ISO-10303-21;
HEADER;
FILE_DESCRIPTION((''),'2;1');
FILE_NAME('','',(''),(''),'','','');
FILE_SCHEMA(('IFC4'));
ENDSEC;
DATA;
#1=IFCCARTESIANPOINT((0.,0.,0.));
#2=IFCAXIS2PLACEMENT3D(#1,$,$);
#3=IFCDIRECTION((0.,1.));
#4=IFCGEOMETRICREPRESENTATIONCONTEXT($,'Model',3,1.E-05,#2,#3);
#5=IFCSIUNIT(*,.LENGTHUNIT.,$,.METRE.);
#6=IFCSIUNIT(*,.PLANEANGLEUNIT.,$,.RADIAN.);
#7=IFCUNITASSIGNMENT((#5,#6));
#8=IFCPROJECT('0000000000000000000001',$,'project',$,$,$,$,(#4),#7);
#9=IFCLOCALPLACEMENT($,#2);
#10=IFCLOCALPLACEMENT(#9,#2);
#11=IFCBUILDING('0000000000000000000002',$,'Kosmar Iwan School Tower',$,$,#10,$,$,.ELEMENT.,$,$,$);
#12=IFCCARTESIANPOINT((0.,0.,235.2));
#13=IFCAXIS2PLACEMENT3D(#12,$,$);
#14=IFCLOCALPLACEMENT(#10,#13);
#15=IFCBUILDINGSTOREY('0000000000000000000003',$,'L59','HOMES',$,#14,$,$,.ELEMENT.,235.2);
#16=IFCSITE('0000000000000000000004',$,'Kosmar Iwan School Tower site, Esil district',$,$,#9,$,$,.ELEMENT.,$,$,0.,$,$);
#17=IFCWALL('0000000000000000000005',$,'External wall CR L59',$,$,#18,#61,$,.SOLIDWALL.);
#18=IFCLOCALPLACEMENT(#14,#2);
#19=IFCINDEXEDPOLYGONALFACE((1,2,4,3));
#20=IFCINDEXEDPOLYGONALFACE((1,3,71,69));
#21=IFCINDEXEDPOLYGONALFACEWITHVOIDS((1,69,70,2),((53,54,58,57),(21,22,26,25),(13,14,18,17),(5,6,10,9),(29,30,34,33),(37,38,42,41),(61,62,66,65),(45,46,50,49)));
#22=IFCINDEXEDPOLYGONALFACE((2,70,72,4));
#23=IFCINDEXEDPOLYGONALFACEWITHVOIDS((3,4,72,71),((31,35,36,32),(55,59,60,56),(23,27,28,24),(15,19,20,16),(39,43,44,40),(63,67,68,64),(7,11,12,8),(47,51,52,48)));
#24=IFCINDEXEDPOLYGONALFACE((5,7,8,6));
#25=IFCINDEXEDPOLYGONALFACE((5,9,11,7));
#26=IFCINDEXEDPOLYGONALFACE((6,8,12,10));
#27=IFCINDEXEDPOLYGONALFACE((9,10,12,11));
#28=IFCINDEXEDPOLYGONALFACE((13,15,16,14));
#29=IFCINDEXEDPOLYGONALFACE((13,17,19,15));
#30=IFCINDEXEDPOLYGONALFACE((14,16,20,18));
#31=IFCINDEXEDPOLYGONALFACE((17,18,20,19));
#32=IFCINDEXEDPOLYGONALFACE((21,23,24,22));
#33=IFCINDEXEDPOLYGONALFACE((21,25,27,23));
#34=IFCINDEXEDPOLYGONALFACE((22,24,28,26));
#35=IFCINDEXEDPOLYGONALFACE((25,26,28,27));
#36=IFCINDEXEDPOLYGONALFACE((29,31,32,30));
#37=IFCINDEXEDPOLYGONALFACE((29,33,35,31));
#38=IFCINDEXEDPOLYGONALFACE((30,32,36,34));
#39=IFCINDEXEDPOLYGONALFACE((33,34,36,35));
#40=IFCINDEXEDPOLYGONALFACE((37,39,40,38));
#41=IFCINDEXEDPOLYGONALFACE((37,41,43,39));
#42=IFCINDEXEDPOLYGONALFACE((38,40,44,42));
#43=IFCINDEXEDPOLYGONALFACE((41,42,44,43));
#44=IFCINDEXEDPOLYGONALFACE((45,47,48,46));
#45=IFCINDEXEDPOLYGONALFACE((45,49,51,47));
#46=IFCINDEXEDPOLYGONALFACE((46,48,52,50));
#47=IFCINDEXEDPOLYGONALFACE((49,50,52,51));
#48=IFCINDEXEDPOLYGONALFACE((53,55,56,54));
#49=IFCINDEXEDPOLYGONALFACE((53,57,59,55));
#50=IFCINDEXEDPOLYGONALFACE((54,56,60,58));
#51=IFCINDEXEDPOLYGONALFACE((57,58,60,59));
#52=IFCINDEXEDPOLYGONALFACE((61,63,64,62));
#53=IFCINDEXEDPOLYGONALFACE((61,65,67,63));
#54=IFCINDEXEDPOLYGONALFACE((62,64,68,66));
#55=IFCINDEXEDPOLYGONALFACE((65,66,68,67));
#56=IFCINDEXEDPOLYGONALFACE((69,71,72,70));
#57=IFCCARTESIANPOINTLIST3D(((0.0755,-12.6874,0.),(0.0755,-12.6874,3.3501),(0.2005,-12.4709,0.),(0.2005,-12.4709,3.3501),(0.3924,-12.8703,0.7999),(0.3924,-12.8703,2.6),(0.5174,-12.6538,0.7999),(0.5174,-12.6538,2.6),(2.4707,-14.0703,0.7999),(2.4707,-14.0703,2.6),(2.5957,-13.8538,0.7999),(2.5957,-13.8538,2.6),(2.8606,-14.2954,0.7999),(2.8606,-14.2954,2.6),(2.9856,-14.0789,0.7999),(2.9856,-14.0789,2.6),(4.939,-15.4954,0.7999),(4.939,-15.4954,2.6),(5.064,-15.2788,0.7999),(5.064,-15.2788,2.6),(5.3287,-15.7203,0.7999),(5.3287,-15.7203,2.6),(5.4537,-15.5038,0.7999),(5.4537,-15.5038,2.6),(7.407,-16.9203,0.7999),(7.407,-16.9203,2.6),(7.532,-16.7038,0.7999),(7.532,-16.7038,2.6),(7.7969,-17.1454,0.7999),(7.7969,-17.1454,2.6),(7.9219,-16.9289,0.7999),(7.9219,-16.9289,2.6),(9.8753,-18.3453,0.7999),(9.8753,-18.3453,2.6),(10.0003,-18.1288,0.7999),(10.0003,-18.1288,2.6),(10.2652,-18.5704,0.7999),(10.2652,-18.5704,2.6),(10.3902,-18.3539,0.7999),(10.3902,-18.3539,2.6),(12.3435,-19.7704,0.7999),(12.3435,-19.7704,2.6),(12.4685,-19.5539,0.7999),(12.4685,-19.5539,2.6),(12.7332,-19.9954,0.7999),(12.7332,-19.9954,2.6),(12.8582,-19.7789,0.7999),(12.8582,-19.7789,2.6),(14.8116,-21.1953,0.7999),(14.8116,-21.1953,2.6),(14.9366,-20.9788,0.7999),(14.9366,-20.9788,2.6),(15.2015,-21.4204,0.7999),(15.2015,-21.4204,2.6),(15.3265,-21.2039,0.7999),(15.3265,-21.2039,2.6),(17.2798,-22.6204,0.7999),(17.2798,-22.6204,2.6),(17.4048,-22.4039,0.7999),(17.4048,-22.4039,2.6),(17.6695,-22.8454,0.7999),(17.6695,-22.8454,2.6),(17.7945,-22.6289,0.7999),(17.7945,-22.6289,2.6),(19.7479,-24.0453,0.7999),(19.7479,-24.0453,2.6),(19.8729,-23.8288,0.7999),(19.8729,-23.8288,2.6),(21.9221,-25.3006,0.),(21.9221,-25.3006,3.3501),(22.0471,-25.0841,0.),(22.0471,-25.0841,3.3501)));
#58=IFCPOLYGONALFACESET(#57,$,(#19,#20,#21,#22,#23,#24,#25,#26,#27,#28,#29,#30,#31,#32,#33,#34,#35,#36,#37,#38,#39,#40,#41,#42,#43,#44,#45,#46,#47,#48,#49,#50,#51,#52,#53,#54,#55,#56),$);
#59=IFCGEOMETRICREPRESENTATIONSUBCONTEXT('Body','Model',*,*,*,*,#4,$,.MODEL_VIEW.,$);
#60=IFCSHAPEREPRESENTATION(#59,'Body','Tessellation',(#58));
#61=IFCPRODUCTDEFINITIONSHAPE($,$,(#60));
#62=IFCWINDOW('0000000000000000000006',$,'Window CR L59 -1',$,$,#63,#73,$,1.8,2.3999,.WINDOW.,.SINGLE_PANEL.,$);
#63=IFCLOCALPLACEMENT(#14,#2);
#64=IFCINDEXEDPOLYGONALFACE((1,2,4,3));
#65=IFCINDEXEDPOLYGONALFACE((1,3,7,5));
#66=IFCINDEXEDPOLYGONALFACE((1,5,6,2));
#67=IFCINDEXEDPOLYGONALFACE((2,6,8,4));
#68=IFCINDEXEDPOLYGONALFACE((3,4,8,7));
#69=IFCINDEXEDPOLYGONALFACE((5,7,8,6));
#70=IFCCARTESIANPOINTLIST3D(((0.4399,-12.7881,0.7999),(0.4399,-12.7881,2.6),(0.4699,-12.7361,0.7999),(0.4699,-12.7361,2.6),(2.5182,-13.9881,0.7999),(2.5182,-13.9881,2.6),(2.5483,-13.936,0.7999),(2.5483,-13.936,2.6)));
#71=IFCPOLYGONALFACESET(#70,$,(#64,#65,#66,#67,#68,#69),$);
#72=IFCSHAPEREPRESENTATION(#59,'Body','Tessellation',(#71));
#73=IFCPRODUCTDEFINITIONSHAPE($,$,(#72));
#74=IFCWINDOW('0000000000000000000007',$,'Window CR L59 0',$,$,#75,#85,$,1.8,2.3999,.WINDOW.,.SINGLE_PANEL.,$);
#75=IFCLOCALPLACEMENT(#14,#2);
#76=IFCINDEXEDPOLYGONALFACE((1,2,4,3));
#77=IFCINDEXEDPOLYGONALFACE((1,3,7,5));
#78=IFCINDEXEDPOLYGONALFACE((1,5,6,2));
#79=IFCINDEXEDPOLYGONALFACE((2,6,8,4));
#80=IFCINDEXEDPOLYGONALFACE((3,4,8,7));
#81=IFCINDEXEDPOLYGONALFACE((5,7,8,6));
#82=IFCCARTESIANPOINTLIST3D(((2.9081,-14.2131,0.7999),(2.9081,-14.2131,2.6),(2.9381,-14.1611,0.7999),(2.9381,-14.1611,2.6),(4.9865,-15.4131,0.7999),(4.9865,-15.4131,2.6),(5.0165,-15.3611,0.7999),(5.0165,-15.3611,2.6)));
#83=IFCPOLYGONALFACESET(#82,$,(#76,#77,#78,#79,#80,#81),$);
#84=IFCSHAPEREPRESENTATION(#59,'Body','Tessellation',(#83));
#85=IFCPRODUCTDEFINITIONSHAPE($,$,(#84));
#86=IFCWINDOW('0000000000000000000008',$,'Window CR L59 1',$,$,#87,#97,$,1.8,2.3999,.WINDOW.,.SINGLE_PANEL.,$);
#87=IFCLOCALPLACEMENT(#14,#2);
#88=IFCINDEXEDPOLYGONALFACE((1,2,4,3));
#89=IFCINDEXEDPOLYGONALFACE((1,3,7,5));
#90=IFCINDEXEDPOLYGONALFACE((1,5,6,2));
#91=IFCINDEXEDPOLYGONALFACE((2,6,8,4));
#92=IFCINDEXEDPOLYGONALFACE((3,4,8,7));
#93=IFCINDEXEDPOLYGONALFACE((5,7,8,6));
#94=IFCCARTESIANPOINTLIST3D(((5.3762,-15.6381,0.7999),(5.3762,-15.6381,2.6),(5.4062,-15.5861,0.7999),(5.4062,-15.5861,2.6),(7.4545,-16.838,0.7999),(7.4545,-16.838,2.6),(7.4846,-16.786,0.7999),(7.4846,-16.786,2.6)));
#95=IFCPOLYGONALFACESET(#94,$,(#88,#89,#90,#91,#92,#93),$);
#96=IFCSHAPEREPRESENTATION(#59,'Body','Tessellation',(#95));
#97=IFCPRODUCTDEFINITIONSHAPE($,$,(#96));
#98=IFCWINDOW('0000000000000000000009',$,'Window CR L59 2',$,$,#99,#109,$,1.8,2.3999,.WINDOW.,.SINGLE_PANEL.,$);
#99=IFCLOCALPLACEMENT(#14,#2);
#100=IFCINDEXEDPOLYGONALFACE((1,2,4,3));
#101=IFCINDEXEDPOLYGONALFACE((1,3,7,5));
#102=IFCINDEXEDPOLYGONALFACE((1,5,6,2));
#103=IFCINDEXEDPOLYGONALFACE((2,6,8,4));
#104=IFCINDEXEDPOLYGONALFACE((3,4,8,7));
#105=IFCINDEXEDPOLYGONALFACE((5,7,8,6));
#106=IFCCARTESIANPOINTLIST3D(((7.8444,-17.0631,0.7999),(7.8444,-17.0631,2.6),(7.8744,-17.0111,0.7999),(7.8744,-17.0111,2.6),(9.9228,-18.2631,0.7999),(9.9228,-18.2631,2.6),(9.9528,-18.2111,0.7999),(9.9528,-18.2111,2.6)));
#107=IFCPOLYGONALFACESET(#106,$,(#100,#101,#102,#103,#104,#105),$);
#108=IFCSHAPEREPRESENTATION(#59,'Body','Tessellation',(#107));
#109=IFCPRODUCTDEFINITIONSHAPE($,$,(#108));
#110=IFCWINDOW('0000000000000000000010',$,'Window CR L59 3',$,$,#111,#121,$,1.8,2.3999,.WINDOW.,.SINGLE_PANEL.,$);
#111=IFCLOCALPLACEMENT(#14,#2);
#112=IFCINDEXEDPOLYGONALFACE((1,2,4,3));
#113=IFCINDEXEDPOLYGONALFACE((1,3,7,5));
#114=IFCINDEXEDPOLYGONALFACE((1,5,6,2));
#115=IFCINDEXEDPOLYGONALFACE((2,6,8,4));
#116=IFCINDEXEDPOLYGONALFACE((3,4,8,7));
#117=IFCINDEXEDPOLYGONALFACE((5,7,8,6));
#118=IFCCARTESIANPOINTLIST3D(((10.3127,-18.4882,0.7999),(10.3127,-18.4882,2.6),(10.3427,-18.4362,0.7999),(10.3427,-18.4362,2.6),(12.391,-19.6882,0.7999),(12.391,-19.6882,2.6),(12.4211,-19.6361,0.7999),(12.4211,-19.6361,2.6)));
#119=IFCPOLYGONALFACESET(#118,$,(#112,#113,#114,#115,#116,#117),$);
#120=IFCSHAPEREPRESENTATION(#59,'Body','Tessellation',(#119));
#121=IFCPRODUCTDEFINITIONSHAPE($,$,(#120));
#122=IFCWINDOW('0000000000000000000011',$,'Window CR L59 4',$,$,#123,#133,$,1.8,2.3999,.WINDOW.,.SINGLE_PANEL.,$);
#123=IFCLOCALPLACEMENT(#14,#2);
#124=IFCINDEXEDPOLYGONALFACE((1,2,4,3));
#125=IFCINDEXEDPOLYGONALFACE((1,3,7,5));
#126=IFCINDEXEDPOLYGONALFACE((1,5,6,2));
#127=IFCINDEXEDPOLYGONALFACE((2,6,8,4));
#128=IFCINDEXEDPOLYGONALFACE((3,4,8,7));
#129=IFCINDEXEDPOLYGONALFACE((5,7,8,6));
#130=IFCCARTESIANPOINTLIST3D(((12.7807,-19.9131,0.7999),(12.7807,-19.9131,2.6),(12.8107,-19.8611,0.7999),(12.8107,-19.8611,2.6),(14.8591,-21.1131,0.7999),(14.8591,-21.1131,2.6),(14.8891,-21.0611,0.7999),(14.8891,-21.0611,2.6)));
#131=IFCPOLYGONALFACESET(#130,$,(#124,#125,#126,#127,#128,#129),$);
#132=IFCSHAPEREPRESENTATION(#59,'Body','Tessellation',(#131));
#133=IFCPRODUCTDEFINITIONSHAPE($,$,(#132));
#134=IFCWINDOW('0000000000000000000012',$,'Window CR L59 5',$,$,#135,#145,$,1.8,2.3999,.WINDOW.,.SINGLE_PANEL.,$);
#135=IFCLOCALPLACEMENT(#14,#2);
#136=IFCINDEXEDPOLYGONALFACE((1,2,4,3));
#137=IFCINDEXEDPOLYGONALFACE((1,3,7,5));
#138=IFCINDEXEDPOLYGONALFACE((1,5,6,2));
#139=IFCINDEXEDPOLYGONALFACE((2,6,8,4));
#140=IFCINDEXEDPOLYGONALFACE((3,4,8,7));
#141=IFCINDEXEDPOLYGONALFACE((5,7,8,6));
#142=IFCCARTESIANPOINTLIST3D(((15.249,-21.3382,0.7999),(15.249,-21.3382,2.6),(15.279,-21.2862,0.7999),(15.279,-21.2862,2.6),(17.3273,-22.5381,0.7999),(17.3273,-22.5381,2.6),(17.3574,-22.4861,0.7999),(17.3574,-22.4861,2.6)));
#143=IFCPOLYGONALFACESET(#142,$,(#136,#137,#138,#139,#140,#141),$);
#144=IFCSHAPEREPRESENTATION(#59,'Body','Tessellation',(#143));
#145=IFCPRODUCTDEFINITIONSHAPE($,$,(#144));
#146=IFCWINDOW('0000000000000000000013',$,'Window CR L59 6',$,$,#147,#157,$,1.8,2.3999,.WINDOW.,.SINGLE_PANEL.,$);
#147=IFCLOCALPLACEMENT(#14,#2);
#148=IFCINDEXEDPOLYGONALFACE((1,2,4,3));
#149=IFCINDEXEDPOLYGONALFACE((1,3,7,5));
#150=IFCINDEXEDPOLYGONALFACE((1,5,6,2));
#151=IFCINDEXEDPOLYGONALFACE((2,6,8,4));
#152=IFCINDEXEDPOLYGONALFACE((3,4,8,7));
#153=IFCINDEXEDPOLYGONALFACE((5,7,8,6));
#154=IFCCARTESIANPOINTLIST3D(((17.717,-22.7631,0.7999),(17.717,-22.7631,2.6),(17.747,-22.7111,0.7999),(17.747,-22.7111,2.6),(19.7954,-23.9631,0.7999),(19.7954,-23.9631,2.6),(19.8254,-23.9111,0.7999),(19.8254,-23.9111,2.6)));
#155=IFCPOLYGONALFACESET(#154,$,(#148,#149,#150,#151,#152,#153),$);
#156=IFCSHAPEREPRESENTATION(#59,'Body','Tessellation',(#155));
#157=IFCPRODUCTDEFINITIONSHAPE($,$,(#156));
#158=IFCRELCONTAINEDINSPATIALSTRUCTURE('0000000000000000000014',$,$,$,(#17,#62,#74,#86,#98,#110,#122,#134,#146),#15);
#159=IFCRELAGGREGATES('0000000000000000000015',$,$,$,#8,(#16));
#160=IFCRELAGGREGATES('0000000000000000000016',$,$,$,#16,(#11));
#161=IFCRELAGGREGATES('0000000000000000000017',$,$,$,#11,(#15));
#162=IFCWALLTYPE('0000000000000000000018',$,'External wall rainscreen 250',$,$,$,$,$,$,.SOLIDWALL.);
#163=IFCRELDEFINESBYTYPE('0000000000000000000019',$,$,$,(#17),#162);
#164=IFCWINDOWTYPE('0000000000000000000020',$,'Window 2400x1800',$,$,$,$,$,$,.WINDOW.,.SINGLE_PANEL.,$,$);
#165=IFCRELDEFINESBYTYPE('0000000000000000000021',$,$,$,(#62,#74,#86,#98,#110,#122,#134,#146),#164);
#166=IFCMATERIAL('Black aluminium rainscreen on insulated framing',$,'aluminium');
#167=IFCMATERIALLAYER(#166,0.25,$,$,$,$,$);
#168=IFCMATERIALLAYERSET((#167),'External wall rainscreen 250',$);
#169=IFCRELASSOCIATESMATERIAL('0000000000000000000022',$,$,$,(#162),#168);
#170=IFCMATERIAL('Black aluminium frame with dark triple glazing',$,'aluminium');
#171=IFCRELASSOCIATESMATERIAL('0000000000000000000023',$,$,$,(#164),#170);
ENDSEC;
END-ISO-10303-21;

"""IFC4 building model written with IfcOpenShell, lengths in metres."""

from ifc_helpers import new_model, si_unit, direction, frame, frame_2d, origin, place, context, subcontext, project, spatial, rectangle, extrude, material, layer, layer_set, type_object, element, fill, save


model = new_model("IFC4")

# Units and contexts
model_context = context("Model", 3, precision=1e-05, world=origin(), true_north=direction((0.0, 1.0)))
body_context = subcontext(model_context, "Body", "Model", "MODEL_VIEW")
ifc_project = project(units=[si_unit("LENGTHUNIT", "METRE"), si_unit("PLANEANGLEUNIT", "RADIAN")], contexts=[model_context])

# Site, building, storey
site_placement = place(None, origin())
site = spatial("IfcSite", under=ifc_project, at=site_placement, Name="Kosmar Iwan School Tower site, Esil district", CompositionType="ELEMENT", RefElevation=0.0)
building_placement = place(site_placement, origin())
building = spatial("IfcBuilding", under=site, at=building_placement, Name="Kosmar Iwan School Tower", CompositionType="ELEMENT")
storey_placement = place(building_placement, frame((0.0, 0.0, 235.2)))
storey = spatial("IfcBuildingStorey", under=building, at=storey_placement, Name="L59", Description="HOMES", CompositionType="ELEMENT", Elevation=235.2)

# Wall, openings, windows
ifc_material_1 = material(Name="Black aluminium rainscreen on insulated framing", Category="aluminium")
ifc_layer_1 = layer(ifc_material_1, 0.25)
ifc_layer_set_1 = layer_set([ifc_layer_1], Name="External wall rainscreen 250")
wall_type_1 = type_object("IfcWallType", Name="External wall rainscreen 250", PredefinedType="SOLIDWALL", material=ifc_layer_set_1)
ifc_material_2 = material(Name="Black aluminium frame with dark triple glazing", Category="aluminium")
window_type = type_object("IfcWindowType", Name="Window 2400x1800", PartitioningType="SINGLE_PANEL", PredefinedType="WINDOW", material=ifc_material_2)
wall_1_placement = place(storey_placement, frame((0.1379, -12.5791, 0.0), z_axis=(0.0, 0.0, 1.0), x_axis=(0.866024, -0.500003, 0.0)))
wall_1 = element("IfcWall", 1, at=wall_1_placement, inside=storey, type_object=wall_type_1, Name="External wall CR L59", PredefinedType="SOLIDWALL", context=body_context, shape_type="SweptSolid", body=[
    extrude(rectangle(XDim=25.2263, YDim=0.25, at=frame_2d((12.6133, 0.0))), origin(), (0.0, 0.0, 1.0), 3.3501),
])
opening_1_placement = place(wall_1_placement, frame((0.366, 0.0, 0.8)))
opening_1 = element("IfcOpeningElement", 2, at=opening_1_placement, cuts=wall_1, PredefinedType="OPENING", context=body_context, shape_type="SweptSolid", body=[
    extrude(rectangle(XDim=2.3999, YDim=1.8, at=frame_2d((1.2, 0.8999))), frame((0.0, 0.137, 0.0), z_axis=(0.0, -1.0, 0.0), x_axis=(1.0, 0.0, 0.0)), (0.0, 0.0, 1.0), 0.2739),
])
opening_2_placement = place(wall_1_placement, frame((3.2161, 0.0, 0.8)))
opening_2 = element("IfcOpeningElement", 3, at=opening_2_placement, cuts=wall_1, PredefinedType="OPENING", context=body_context, shape_type="SweptSolid", body=[
    extrude(rectangle(XDim=2.3999, YDim=1.8, at=frame_2d((1.2, 0.8999))), frame((0.0, 0.137, 0.0), z_axis=(0.0, -1.0, 0.0), x_axis=(1.0, 0.0, 0.0)), (0.0, 0.0, 1.0), 0.2739),
])
opening_3_placement = place(wall_1_placement, frame((6.0659, 0.0, 0.8)))
opening_3 = element("IfcOpeningElement", 4, at=opening_3_placement, cuts=wall_1, PredefinedType="OPENING", context=body_context, shape_type="SweptSolid", body=[
    extrude(rectangle(XDim=2.3999, YDim=1.8, at=frame_2d((1.2, 0.8999))), frame((0.0, 0.137, 0.0), z_axis=(0.0, -1.0, 0.0), x_axis=(1.0, 0.0, 0.0)), (0.0, 0.0, 1.0), 0.2739),
])
opening_4_placement = place(wall_1_placement, frame((8.916, 0.0, 0.8)))
opening_4 = element("IfcOpeningElement", 5, at=opening_4_placement, cuts=wall_1, PredefinedType="OPENING", context=body_context, shape_type="SweptSolid", body=[
    extrude(rectangle(XDim=2.3999, YDim=1.8, at=frame_2d((1.2, 0.8999))), frame((0.0, 0.137, 0.0), z_axis=(0.0, -1.0, 0.0), x_axis=(1.0, 0.0, 0.0)), (0.0, 0.0, 1.0), 0.2739),
])
opening_5_placement = place(wall_1_placement, frame((11.7661, 0.0, 0.8)))
opening_5 = element("IfcOpeningElement", 6, at=opening_5_placement, cuts=wall_1, PredefinedType="OPENING", context=body_context, shape_type="SweptSolid", body=[
    extrude(rectangle(XDim=2.3999, YDim=1.8, at=frame_2d((1.2, 0.8999))), frame((0.0, 0.137, 0.0), z_axis=(0.0, -1.0, 0.0), x_axis=(1.0, 0.0, 0.0)), (0.0, 0.0, 1.0), 0.2739),
])
opening_6_placement = place(wall_1_placement, frame((14.616, 0.0, 0.8)))
opening_6 = element("IfcOpeningElement", 7, at=opening_6_placement, cuts=wall_1, PredefinedType="OPENING", context=body_context, shape_type="SweptSolid", body=[
    extrude(rectangle(XDim=2.3999, YDim=1.8, at=frame_2d((1.2, 0.8999))), frame((0.0, 0.137, 0.0), z_axis=(0.0, -1.0, 0.0), x_axis=(1.0, 0.0, 0.0)), (0.0, 0.0, 1.0), 0.2739),
])
opening_7_placement = place(wall_1_placement, frame((17.4661, 0.0, 0.8)))
opening_7 = element("IfcOpeningElement", 8, at=opening_7_placement, cuts=wall_1, PredefinedType="OPENING", context=body_context, shape_type="SweptSolid", body=[
    extrude(rectangle(XDim=2.3999, YDim=1.8, at=frame_2d((1.2, 0.8999))), frame((0.0, 0.137, 0.0), z_axis=(0.0, -1.0, 0.0), x_axis=(1.0, 0.0, 0.0)), (0.0, 0.0, 1.0), 0.2739),
])
opening_8_placement = place(wall_1_placement, frame((20.3159, 0.0, 0.8)))
opening_8 = element("IfcOpeningElement", 9, at=opening_8_placement, cuts=wall_1, PredefinedType="OPENING", context=body_context, shape_type="SweptSolid", body=[
    extrude(rectangle(XDim=2.3999, YDim=1.8, at=frame_2d((1.2, 0.8999))), frame((0.0, 0.137, 0.0), z_axis=(0.0, -1.0, 0.0), x_axis=(1.0, 0.0, 0.0)), (0.0, 0.0, 1.0), 0.2739),
])
window_1_placement = place(opening_1_placement, origin())
window_1 = element("IfcWindow", 10, at=window_1_placement, inside=storey, type_object=window_type, Name="Window CR L59 -1", OverallHeight=1.8, OverallWidth=2.3999, PartitioningType="SINGLE_PANEL", PredefinedType="WINDOW", context=body_context, shape_type="SweptSolid", body=[
    extrude(rectangle(XDim=2.3999, YDim=1.8, at=frame_2d((1.2, 0.8999))), frame((0.0, 0.03, 0.0), z_axis=(0.0, -1.0, 0.0), x_axis=(1.0, 0.0, 0.0)), (0.0, 0.0, 1.0), 0.0601),
])
fill(opening_1, window_1)
window_2_placement = place(opening_2_placement, origin())
window_2 = element("IfcWindow", 11, at=window_2_placement, inside=storey, type_object=window_type, Name="Window CR L59 0", OverallHeight=1.8, OverallWidth=2.3999, PartitioningType="SINGLE_PANEL", PredefinedType="WINDOW", context=body_context, shape_type="SweptSolid", body=[
    extrude(rectangle(XDim=2.3999, YDim=1.8, at=frame_2d((1.2, 0.8999))), frame((0.0, 0.03, 0.0), z_axis=(0.0, -1.0, 0.0), x_axis=(1.0, 0.0, 0.0)), (0.0, 0.0, 1.0), 0.0601),
])
fill(opening_2, window_2)
window_3_placement = place(opening_3_placement, origin())
window_3 = element("IfcWindow", 12, at=window_3_placement, inside=storey, type_object=window_type, Name="Window CR L59 1", OverallHeight=1.8, OverallWidth=2.3999, PartitioningType="SINGLE_PANEL", PredefinedType="WINDOW", context=body_context, shape_type="SweptSolid", body=[
    extrude(rectangle(XDim=2.3999, YDim=1.8, at=frame_2d((1.2, 0.8999))), frame((0.0, 0.03, 0.0), z_axis=(0.0, -1.0, 0.0), x_axis=(1.0, 0.0, 0.0)), (0.0, 0.0, 1.0), 0.0601),
])
fill(opening_3, window_3)
window_4_placement = place(opening_4_placement, origin())
window_4 = element("IfcWindow", 13, at=window_4_placement, inside=storey, type_object=window_type, Name="Window CR L59 2", OverallHeight=1.8, OverallWidth=2.3999, PartitioningType="SINGLE_PANEL", PredefinedType="WINDOW", context=body_context, shape_type="SweptSolid", body=[
    extrude(rectangle(XDim=2.3999, YDim=1.8, at=frame_2d((1.2, 0.8999))), frame((0.0, 0.03, 0.0), z_axis=(0.0, -1.0, 0.0), x_axis=(1.0, 0.0, 0.0)), (0.0, 0.0, 1.0), 0.0601),
])
fill(opening_4, window_4)
window_5_placement = place(opening_5_placement, origin())
window_5 = element("IfcWindow", 14, at=window_5_placement, inside=storey, type_object=window_type, Name="Window CR L59 3", OverallHeight=1.8, OverallWidth=2.3999, PartitioningType="SINGLE_PANEL", PredefinedType="WINDOW", context=body_context, shape_type="SweptSolid", body=[
    extrude(rectangle(XDim=2.3999, YDim=1.8, at=frame_2d((1.2, 0.8999))), frame((0.0, 0.03, 0.0), z_axis=(0.0, -1.0, 0.0), x_axis=(1.0, 0.0, 0.0)), (0.0, 0.0, 1.0), 0.0601),
])
fill(opening_5, window_5)
window_6_placement = place(opening_6_placement, origin())
window_6 = element("IfcWindow", 15, at=window_6_placement, inside=storey, type_object=window_type, Name="Window CR L59 4", OverallHeight=1.8, OverallWidth=2.3999, PartitioningType="SINGLE_PANEL", PredefinedType="WINDOW", context=body_context, shape_type="SweptSolid", body=[
    extrude(rectangle(XDim=2.3999, YDim=1.8, at=frame_2d((1.2, 0.8999))), frame((0.0, 0.03, 0.0), z_axis=(0.0, -1.0, 0.0), x_axis=(1.0, 0.0, 0.0)), (0.0, 0.0, 1.0), 0.0601),
])
fill(opening_6, window_6)
window_7_placement = place(opening_7_placement, origin())
window_7 = element("IfcWindow", 16, at=window_7_placement, inside=storey, type_object=window_type, Name="Window CR L59 5", OverallHeight=1.8, OverallWidth=2.3999, PartitioningType="SINGLE_PANEL", PredefinedType="WINDOW", context=body_context, shape_type="SweptSolid", body=[
    extrude(rectangle(XDim=2.3999, YDim=1.8, at=frame_2d((1.2, 0.8999))), frame((0.0, 0.03, 0.0), z_axis=(0.0, -1.0, 0.0), x_axis=(1.0, 0.0, 0.0)), (0.0, 0.0, 1.0), 0.0601),
])
fill(opening_7, window_7)
window_8_placement = place(opening_8_placement, origin())
window_8 = element("IfcWindow", 17, at=window_8_placement, inside=storey, type_object=window_type, Name="Window CR L59 6", OverallHeight=1.8, OverallWidth=2.3999, PartitioningType="SINGLE_PANEL", PredefinedType="WINDOW", context=body_context, shape_type="SweptSolid", body=[
    extrude(rectangle(XDim=2.3999, YDim=1.8, at=frame_2d((1.2, 0.8999))), frame((0.0, 0.03, 0.0), z_axis=(0.0, -1.0, 0.0), x_axis=(1.0, 0.0, 0.0)), (0.0, 0.0, 1.0), 0.0601),
])
fill(opening_8, window_8)

save(model, "model.ifc")
